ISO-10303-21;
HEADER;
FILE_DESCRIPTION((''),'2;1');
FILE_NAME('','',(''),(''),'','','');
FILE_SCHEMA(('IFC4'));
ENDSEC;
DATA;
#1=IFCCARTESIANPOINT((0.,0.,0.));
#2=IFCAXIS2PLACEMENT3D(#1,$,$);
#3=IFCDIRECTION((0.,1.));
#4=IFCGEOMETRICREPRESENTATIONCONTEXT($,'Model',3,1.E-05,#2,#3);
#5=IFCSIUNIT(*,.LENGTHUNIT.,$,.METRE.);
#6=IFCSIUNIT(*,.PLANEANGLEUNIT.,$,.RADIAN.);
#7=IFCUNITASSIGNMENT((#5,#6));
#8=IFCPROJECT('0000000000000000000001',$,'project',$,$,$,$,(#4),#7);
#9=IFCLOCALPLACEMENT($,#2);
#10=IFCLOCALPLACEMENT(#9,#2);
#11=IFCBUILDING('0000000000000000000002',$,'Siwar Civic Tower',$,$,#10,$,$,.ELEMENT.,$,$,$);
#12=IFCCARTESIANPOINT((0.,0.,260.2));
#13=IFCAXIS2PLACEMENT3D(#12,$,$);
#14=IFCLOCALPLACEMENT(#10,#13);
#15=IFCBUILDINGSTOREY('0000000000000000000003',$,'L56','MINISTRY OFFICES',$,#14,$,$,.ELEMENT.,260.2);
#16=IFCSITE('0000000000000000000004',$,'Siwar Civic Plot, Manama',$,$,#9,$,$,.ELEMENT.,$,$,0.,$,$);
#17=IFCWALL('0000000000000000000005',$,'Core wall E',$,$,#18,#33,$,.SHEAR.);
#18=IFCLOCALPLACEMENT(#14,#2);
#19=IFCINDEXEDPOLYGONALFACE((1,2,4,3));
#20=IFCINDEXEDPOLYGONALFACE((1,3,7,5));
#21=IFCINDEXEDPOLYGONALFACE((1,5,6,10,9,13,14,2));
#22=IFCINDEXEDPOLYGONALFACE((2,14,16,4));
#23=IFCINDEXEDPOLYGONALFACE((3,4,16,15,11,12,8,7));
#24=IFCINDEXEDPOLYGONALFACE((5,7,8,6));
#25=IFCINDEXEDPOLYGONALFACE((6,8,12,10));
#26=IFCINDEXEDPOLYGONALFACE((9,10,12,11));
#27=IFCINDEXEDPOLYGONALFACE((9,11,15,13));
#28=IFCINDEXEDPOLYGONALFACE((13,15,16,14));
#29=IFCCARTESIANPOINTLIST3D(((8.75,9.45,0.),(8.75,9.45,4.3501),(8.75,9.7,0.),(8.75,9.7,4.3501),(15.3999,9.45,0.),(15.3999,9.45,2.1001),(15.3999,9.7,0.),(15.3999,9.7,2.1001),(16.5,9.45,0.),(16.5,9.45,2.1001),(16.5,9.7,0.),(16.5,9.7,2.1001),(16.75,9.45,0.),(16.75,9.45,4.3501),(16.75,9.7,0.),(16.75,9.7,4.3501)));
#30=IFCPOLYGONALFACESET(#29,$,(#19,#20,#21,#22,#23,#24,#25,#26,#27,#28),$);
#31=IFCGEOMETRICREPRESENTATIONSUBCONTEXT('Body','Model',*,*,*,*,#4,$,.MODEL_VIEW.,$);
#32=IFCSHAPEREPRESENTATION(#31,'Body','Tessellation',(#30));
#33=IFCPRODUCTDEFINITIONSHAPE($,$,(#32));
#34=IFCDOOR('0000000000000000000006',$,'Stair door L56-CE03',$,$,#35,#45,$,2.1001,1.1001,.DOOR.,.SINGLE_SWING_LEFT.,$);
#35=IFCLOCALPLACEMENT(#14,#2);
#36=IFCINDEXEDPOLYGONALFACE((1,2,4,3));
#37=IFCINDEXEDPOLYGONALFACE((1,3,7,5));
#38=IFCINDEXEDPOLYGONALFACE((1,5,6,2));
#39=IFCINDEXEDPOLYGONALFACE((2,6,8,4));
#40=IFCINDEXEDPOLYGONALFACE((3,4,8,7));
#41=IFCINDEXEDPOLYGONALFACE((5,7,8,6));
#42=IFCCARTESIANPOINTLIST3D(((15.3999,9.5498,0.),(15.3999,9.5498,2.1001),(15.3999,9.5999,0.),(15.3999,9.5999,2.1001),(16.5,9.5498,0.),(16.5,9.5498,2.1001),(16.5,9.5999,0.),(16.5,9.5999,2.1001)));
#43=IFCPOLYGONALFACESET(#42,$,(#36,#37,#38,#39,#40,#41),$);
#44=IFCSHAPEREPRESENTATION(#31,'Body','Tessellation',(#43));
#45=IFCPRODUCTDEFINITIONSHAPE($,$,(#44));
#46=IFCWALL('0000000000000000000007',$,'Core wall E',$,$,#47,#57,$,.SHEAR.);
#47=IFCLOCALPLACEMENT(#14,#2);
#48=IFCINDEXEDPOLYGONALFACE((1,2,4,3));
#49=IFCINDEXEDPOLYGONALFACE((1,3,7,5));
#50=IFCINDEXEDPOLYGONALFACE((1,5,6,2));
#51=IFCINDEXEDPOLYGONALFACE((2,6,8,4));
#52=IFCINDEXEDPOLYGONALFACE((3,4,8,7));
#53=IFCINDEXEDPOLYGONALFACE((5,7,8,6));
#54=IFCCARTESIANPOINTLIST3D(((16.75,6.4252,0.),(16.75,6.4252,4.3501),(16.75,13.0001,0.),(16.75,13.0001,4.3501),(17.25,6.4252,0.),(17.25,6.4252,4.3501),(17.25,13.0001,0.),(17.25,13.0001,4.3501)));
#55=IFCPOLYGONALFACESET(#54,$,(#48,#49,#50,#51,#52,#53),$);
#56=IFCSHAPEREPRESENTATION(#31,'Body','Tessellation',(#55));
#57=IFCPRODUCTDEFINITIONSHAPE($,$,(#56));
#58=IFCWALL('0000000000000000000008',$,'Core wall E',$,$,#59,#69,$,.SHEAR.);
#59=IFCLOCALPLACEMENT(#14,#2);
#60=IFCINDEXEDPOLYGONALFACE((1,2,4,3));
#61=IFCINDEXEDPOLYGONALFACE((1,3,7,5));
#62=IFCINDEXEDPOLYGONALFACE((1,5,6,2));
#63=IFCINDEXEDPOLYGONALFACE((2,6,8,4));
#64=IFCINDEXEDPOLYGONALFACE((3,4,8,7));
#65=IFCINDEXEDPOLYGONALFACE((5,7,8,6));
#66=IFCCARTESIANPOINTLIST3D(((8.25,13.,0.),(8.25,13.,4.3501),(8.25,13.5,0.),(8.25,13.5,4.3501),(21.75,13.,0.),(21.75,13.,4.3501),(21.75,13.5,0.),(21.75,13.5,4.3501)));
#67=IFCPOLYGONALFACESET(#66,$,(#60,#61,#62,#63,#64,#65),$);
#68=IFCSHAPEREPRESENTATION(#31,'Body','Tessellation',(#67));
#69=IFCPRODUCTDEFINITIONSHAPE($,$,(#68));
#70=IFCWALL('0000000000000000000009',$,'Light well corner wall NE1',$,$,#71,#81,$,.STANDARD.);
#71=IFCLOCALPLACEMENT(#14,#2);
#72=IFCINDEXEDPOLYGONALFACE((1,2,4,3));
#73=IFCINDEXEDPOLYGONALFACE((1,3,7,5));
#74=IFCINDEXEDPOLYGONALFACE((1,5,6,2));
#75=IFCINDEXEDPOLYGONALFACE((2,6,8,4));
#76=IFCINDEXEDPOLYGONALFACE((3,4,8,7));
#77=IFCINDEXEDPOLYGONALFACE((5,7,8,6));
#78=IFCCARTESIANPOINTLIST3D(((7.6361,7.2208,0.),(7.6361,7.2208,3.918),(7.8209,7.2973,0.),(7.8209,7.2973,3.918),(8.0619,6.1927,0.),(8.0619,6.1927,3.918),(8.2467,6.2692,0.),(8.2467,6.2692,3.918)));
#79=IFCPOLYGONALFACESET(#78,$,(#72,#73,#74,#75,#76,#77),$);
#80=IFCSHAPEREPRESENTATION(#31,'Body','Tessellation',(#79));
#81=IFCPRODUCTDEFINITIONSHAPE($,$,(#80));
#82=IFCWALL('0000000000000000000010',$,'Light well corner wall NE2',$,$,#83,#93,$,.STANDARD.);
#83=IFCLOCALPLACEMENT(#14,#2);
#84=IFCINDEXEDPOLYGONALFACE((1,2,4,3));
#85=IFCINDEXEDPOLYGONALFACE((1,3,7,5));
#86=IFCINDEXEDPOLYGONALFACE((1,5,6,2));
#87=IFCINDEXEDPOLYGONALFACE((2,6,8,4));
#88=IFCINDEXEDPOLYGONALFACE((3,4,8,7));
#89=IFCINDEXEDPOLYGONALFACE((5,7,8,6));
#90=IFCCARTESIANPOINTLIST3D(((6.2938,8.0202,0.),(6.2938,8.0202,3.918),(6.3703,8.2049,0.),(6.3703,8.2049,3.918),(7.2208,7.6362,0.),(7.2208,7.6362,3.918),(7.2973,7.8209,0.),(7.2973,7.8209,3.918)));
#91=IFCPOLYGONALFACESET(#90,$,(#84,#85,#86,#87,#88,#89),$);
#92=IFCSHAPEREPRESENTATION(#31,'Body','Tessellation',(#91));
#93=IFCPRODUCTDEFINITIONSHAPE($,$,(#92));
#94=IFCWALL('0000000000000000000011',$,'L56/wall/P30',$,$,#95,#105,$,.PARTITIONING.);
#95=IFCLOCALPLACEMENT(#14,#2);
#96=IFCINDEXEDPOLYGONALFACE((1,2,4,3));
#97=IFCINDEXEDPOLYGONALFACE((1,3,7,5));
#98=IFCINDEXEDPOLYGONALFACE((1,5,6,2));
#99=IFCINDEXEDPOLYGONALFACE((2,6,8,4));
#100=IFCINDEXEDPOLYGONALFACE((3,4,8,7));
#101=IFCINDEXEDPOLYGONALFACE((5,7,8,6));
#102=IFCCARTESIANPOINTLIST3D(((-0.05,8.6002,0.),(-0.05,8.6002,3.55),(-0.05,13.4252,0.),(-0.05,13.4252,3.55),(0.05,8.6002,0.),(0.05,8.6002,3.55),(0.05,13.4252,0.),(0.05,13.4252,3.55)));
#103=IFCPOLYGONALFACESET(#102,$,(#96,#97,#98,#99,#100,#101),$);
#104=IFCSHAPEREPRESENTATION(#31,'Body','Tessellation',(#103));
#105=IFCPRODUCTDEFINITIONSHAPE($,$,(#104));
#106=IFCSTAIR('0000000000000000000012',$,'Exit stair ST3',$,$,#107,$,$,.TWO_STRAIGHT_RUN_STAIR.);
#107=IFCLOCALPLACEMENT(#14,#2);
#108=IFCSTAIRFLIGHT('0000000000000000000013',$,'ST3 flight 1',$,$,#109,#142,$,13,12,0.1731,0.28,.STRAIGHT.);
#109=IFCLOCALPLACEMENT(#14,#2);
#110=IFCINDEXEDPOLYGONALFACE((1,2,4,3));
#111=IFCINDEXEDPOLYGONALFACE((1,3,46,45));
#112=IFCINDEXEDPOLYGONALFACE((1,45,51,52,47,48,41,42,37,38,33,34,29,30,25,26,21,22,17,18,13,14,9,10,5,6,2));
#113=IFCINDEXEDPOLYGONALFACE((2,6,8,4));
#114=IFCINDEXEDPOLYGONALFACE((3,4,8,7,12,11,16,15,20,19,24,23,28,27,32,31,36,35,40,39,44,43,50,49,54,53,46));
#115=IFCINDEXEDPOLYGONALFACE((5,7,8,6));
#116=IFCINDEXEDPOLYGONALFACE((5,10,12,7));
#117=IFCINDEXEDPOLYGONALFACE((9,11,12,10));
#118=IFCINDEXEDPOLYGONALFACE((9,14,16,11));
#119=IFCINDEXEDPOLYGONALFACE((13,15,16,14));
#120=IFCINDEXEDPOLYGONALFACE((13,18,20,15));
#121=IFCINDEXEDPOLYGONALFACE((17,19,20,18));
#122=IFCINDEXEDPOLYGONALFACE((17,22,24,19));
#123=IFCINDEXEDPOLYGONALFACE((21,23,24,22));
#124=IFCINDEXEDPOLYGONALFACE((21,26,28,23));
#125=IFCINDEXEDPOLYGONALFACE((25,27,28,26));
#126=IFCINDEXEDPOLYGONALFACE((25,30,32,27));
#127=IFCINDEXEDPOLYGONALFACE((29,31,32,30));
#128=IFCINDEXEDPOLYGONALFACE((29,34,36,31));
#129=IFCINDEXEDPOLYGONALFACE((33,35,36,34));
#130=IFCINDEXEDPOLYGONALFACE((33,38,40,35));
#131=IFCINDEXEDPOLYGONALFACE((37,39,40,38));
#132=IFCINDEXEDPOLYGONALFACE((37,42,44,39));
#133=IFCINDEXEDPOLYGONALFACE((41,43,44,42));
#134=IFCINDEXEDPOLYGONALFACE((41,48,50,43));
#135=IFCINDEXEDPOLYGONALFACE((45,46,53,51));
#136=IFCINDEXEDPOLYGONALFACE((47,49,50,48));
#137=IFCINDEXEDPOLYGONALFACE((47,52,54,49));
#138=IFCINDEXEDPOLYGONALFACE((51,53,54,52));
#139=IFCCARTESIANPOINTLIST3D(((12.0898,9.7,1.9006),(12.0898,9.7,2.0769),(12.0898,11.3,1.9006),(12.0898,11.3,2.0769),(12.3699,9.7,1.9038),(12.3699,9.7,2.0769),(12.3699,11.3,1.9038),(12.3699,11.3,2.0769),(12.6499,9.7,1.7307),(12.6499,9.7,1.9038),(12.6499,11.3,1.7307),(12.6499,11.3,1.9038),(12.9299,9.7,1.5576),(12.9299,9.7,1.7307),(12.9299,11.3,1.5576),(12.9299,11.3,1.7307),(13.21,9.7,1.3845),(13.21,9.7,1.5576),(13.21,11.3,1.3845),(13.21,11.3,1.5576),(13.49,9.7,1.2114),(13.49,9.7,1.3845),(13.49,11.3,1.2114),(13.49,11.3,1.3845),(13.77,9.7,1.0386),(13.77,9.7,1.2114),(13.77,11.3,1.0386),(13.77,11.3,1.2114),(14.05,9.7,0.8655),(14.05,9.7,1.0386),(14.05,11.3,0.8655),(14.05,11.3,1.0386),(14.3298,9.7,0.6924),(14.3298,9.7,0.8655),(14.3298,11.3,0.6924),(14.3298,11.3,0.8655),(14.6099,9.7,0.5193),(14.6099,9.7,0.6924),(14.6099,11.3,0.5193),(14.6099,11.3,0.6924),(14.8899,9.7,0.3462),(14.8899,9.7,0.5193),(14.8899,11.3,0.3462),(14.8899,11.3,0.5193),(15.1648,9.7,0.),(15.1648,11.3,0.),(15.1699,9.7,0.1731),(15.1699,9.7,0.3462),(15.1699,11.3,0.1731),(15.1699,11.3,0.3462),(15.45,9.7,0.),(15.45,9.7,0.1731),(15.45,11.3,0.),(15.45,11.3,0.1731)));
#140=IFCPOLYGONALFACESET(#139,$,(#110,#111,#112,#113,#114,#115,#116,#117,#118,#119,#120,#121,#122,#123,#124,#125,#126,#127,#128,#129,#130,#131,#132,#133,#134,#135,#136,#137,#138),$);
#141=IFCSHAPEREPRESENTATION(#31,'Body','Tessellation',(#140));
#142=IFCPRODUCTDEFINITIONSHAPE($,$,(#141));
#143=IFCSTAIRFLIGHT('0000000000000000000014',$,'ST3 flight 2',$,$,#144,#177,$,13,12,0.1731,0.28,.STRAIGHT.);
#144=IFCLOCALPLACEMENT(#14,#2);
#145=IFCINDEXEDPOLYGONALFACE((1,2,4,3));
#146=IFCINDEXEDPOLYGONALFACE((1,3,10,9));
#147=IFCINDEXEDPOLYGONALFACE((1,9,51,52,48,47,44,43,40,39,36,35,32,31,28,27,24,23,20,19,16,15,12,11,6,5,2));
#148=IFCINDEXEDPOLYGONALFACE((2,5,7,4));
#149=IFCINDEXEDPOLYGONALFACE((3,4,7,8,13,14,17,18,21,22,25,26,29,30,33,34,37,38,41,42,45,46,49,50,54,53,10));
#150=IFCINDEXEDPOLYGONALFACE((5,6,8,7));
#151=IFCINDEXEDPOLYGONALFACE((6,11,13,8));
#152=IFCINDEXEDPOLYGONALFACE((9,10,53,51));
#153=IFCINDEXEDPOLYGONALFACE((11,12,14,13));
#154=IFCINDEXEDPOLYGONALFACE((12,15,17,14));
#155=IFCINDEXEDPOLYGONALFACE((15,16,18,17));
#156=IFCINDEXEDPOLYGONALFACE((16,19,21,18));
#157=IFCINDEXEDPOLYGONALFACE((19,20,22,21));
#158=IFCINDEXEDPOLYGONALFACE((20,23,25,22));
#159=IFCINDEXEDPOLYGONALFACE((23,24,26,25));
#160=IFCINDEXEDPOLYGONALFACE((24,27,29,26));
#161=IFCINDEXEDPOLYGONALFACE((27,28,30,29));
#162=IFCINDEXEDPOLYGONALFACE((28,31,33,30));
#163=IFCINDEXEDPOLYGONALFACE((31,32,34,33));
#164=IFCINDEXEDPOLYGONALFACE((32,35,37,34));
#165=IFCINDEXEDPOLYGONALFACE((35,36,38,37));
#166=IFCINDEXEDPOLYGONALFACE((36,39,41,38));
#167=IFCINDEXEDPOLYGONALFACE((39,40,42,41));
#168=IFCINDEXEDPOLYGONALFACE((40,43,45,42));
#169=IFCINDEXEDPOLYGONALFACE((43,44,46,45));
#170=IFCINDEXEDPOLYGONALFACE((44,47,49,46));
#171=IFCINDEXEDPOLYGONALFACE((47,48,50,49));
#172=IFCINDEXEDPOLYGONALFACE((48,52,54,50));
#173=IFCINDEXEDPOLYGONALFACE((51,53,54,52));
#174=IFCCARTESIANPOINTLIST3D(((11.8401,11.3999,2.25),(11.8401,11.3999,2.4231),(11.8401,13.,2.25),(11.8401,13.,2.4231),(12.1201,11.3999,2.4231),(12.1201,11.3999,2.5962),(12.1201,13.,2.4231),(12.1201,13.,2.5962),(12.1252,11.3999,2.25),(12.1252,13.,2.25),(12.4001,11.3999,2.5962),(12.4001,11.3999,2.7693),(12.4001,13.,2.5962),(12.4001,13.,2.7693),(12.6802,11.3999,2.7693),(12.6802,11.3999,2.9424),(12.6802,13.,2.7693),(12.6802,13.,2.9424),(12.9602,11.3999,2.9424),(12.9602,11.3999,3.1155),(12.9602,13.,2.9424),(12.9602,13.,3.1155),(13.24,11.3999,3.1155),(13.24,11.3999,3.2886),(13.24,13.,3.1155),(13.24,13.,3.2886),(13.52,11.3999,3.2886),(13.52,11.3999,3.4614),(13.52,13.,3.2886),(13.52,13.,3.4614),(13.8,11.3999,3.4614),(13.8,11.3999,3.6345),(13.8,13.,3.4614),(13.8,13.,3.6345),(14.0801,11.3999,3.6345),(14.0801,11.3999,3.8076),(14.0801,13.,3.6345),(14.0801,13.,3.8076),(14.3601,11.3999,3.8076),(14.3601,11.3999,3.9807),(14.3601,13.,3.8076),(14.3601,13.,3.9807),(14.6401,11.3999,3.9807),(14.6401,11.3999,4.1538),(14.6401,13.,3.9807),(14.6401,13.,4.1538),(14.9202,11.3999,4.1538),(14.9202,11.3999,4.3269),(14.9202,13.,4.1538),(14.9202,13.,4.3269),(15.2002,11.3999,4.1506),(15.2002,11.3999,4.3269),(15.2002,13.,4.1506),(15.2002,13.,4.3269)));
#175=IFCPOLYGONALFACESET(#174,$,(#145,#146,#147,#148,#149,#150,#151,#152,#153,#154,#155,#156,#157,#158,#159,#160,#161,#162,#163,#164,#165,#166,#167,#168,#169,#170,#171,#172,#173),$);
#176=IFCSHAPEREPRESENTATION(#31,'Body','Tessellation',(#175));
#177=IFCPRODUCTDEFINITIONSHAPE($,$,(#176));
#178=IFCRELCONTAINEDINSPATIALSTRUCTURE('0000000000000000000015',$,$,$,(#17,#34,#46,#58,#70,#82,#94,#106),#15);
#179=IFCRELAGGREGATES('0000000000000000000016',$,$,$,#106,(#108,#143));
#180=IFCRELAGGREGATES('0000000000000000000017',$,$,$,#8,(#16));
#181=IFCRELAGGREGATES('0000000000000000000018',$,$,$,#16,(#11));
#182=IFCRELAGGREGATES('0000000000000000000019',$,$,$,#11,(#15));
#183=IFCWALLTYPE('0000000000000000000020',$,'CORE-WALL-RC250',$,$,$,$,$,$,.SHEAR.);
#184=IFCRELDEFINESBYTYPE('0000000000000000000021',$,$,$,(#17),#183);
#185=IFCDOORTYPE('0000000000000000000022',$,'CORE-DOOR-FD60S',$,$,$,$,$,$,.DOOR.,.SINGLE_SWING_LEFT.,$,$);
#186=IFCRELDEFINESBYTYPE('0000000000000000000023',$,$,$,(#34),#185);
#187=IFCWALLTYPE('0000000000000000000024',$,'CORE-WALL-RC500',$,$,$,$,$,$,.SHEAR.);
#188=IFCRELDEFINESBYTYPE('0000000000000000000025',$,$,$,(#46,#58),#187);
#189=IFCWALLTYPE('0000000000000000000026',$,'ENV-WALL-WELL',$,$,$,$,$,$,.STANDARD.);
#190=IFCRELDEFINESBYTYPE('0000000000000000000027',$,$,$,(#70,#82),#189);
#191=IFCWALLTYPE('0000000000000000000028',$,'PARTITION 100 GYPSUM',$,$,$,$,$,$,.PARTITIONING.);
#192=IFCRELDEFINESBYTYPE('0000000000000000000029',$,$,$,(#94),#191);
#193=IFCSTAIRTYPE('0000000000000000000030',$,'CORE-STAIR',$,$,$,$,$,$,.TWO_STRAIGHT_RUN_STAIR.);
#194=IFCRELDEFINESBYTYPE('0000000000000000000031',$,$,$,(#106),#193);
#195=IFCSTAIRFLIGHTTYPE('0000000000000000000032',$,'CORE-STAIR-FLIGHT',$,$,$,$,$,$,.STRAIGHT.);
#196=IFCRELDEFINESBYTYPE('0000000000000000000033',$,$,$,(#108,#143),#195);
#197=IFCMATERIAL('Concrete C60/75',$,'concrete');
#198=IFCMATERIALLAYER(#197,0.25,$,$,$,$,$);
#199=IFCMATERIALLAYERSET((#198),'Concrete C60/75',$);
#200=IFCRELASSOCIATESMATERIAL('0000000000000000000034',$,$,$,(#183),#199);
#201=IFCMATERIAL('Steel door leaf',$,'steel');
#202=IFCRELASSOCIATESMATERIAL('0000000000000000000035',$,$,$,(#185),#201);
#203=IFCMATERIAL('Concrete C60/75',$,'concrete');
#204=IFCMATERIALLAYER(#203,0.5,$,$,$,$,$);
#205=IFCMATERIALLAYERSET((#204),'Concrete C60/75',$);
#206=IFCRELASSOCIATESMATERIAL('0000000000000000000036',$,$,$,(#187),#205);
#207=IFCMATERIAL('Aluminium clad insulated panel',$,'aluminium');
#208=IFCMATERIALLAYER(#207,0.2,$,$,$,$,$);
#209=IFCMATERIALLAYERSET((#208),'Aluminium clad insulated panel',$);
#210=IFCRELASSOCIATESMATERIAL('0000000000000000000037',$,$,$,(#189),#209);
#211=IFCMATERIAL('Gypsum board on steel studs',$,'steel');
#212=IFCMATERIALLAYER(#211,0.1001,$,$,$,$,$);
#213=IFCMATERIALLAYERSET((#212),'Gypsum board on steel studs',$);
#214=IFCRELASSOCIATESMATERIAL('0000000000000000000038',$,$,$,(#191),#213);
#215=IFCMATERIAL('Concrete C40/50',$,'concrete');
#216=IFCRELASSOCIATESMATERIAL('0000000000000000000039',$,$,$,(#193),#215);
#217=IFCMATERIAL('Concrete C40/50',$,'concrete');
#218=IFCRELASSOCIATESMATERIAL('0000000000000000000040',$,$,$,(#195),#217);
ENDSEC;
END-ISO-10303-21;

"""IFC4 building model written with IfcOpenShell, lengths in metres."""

from ifc_helpers import new_model, si_unit, direction, frame, frame_2d, origin, place, context, subcontext, project, spatial, polyline, rectangle, outline, extrude, material, layer, layer_set, type_object, element, fill, aggregate, save


model = new_model("IFC4")

# Units and contexts
model_context = context("Model", 3, precision=1e-05, world=origin(), true_north=direction((0.0, 1.0)))
body_context = subcontext(model_context, "Body", "Model", "MODEL_VIEW")
ifc_project = project(units=[si_unit("LENGTHUNIT", "METRE"), si_unit("PLANEANGLEUNIT", "RADIAN")], contexts=[model_context])

# Site, building, storey
site_placement = place(None, origin())
site = spatial("IfcSite", under=ifc_project, at=site_placement, Name="Siwar Civic Plot, Manama", CompositionType="ELEMENT", RefElevation=0.0)
building_placement = place(site_placement, origin())
building = spatial("IfcBuilding", under=site, at=building_placement, Name="Siwar Civic Tower", CompositionType="ELEMENT")
storey_placement = place(building_placement, frame((0.0, 0.0, 260.2)))
storey = spatial("IfcBuildingStorey", under=building, at=storey_placement, Name="L56", Description="MINISTRY OFFICES", CompositionType="ELEMENT", Elevation=260.2)

# Shared definitions
ifc_material_1 = material(Name="Concrete C60/75", Category="concrete")
ifc_layer_1 = layer(ifc_material_1, 0.25)
ifc_layer_set_1 = layer_set([ifc_layer_1], Name="Concrete C60/75")
wall_type_1 = type_object("IfcWallType", Name="CORE-WALL-RC250", PredefinedType="SHEAR", material=ifc_layer_set_1)

# Wall, opening, door
wall_1_placement = place(storey_placement, frame((8.75, 9.575, 0.0), z_axis=(0.0, 0.0, 1.0), x_axis=(1.0, 0.0, 0.0)))
wall_1 = element("IfcWall", 1, at=wall_1_placement, inside=storey, type_object=wall_type_1, Name="Core wall E", PredefinedType="SHEAR", context=body_context, shape_type="SweptSolid", body=[
    extrude(rectangle(XDim=8.0, YDim=0.25, at=frame_2d((4.0, 0.0))), origin(), (0.0, 0.0, 1.0), 4.3501),
])
opening_1_placement = place(wall_1_placement, frame((6.6499, 0.0, 0.0)))
opening_1 = element("IfcOpeningElement", 2, at=opening_1_placement, cuts=wall_1, PredefinedType="OPENING", context=body_context, shape_type="SweptSolid", body=[
    extrude(rectangle(XDim=1.1001, YDim=2.1001, at=frame_2d((0.55, 1.05))), frame((0.0, 0.135, 0.0), z_axis=(0.0, -1.0, 0.0), x_axis=(1.0, 0.0, 0.0)), (0.0, 0.0, 1.0), 0.27),
])
ifc_material_2 = material(Name="Steel door leaf", Category="steel")
door_type_1 = type_object("IfcDoorType", Name="CORE-DOOR-FD60S", OperationType="SINGLE_SWING_LEFT", PredefinedType="DOOR", material=ifc_material_2)
door_1_placement = place(opening_1_placement, origin())
door_1 = element("IfcDoor", 3, at=door_1_placement, inside=storey, type_object=door_type_1, Name="Stair door L56-CE03", OperationType="SINGLE_SWING_LEFT", OverallHeight=2.1001, OverallWidth=1.1001, PredefinedType="DOOR", context=body_context, shape_type="SweptSolid", body=[
    extrude(rectangle(XDim=1.1001, YDim=2.1001, at=frame_2d((0.55, 1.05))), frame((0.0, 0.0249, 0.0), z_axis=(0.0, -1.0, 0.0), x_axis=(1.0, 0.0, 0.0)), (0.0, 0.0, 1.0), 0.05),
])
fill(opening_1, door_1)

# Walls
ifc_material_3 = material(Name="Concrete C60/75", Category="concrete")
ifc_layer_2 = layer(ifc_material_3, 0.5)
ifc_layer_set_2 = layer_set([ifc_layer_2], Name="Concrete C60/75")
wall_type_2 = type_object("IfcWallType", Name="CORE-WALL-RC500", PredefinedType="SHEAR", material=ifc_layer_set_2)
wall_2_placement = place(storey_placement, frame((17.0, 6.425, 0.0), z_axis=(0.0, 0.0, 1.0), x_axis=(0.0, 1.0, 0.0)))
element("IfcWall", 4, at=wall_2_placement, inside=storey, type_object=wall_type_2, Name="Core wall E", PredefinedType="SHEAR", context=body_context, shape_type="SweptSolid", body=[
    extrude(rectangle(XDim=6.575, YDim=0.5, at=frame_2d((3.2876, 0.0))), origin(), (0.0, 0.0, 1.0), 4.3501),
])
wall_3_placement = place(storey_placement, frame((8.25, 13.25, 0.0), z_axis=(0.0, 0.0, 1.0), x_axis=(1.0, 0.0, 0.0)))
element("IfcWall", 5, at=wall_3_placement, inside=storey, type_object=wall_type_2, Name="Core wall E", PredefinedType="SHEAR", context=body_context, shape_type="SweptSolid", body=[
    extrude(rectangle(XDim=13.5, YDim=0.5, at=frame_2d((6.75, 0.0))), origin(), (0.0, 0.0, 1.0), 4.3501),
])
ifc_material_4 = material(Name="Aluminium clad insulated panel", Category="aluminium")
ifc_layer_3 = layer(ifc_material_4, 0.2)
ifc_layer_set_3 = layer_set([ifc_layer_3], Name="Aluminium clad insulated panel")
wall_type_3 = type_object("IfcWallType", Name="ENV-WALL-WELL", PredefinedType="STANDARD", material=ifc_layer_set_3)
wall_4_placement = place(storey_placement, frame((8.1543, 6.231, 0.0), z_axis=(0.0, 0.0, 1.0), x_axis=(-0.382636, 0.923899, 0.0)))
element("IfcWall", 6, at=wall_4_placement, inside=storey, type_object=wall_type_3, Name="Light well corner wall NE1", PredefinedType="STANDARD", context=body_context, shape_type="SweptSolid", body=[
    extrude(rectangle(XDim=1.1128, YDim=0.2, at=frame_2d((0.5564, 0.0))), origin(), (0.0, 0.0, 1.0), 3.918),
])
wall_5_placement = place(storey_placement, frame((7.259, 7.7285, 0.0), z_axis=(0.0, 0.0, 1.0), x_axis=(-0.92386, 0.382731, 0.0)))
element("IfcWall", 7, at=wall_5_placement, inside=storey, type_object=wall_type_3, Name="Light well corner wall NE2", PredefinedType="STANDARD", context=body_context, shape_type="SweptSolid", body=[
    extrude(rectangle(XDim=1.0034, YDim=0.2, at=frame_2d((0.5017, 0.0))), origin(), (0.0, 0.0, 1.0), 3.918),
])
ifc_material_5 = material(Name="Gypsum board on steel studs", Category="steel")
ifc_layer_4 = layer(ifc_material_5, 0.1001)
ifc_layer_set_4 = layer_set([ifc_layer_4], Name="Gypsum board on steel studs")
wall_type_4 = type_object("IfcWallType", Name="PARTITION 100 GYPSUM", PredefinedType="PARTITIONING", material=ifc_layer_set_4)
wall_6_placement = place(storey_placement, frame((0.0, 8.6001, 0.0), z_axis=(0.0, 0.0, 1.0), x_axis=(0.0, 1.0, 0.0)))
element("IfcWall", 8, at=wall_6_placement, inside=storey, type_object=wall_type_4, Name="L56/wall/P30", PredefinedType="PARTITIONING", context=body_context, shape_type="SweptSolid", body=[
    extrude(rectangle(XDim=4.825, YDim=0.1001, at=frame_2d((2.4126, 0.0))), origin(), (0.0, 0.0, 1.0), 3.55),
])

# Stair, stair flights
ifc_material_6 = material(Name="Concrete C40/50", Category="concrete")
stair_type = type_object("IfcStairType", Name="CORE-STAIR", PredefinedType="TWO_STRAIGHT_RUN_STAIR", material=ifc_material_6)
stair_placement = place(storey_placement, origin())
stair = element("IfcStair", 9, at=stair_placement, inside=storey, type_object=stair_type, Name="Exit stair ST3", PredefinedType="TWO_STRAIGHT_RUN_STAIR")
ifc_material_7 = material(Name="Concrete C40/50", Category="concrete")
stair_flight_type = type_object("IfcStairFlightType", Name="CORE-STAIR-FLIGHT", PredefinedType="STRAIGHT", material=ifc_material_7)
stair_flight_1_placement = place(storey_placement, frame((15.45, 10.5, 0.0), z_axis=(0.0, 0.0, 1.0), x_axis=(-1.0, 0.0, 0.0)))
stair_flight_1 = element("IfcStairFlight", 10, at=stair_flight_1_placement, type_object=stair_flight_type, Name="ST3 flight 1", NumberOfRisers=13, NumberOfTreads=12, PredefinedType="STRAIGHT", RiserHeight=0.1731, TreadLength=0.28, context=body_context, shape_type="SweptSolid", body=[
    extrude(outline(polyline([(0.0, 0.0), (0.0, 0.1731), (0.28, 0.1731), (0.28, 0.3462), (0.5601, 0.3462), (0.5601, 0.5193), (0.8401, 0.5193), (0.8401, 0.6924), (1.1201, 0.6924), (1.1201, 0.8655), (1.3999, 0.8655), (1.3999, 1.0386), (1.6799, 1.0386), (1.6799, 1.2114), (1.96, 1.2114), (1.96, 1.3845), (2.24, 1.3845), (2.24, 1.5576), (2.52, 1.5576), (2.52, 1.7307), (2.8, 1.7307), (2.8, 1.9038), (3.0801, 1.9038), (3.0801, 2.0769), (3.3601, 2.0769), (3.3601, 2.25), (3.3601, 1.9006), (0.2852, 0.0), (0.0, 0.0)])), frame((0.0, 0.8, 0.0), z_axis=(0.0, -1.0, 0.0), x_axis=(1.0, 0.0, 0.0)), (0.0, 0.0, 1.0), 1.6001),
])
stair_flight_2_placement = place(storey_placement, frame((11.8401, 12.2, 2.25), z_axis=(0.0, 0.0, 1.0), x_axis=(1.0, 0.0, 0.0)))
stair_flight_2 = element("IfcStairFlight", 11, at=stair_flight_2_placement, type_object=stair_flight_type, Name="ST3 flight 2", NumberOfRisers=13, NumberOfTreads=12, PredefinedType="STRAIGHT", RiserHeight=0.1731, TreadLength=0.28, context=body_context, shape_type="SweptSolid", body=[
    extrude(outline(polyline([(0.0, 0.0), (0.0, 0.1731), (0.28, 0.1731), (0.28, 0.3462), (0.5601, 0.3462), (0.5601, 0.5193), (0.8401, 0.5193), (0.8401, 0.6924), (1.1201, 0.6924), (1.1201, 0.8655), (1.3999, 0.8655), (1.3999, 1.0386), (1.6799, 1.0386), (1.6799, 1.2114), (1.96, 1.2114), (1.96, 1.3845), (2.24, 1.3845), (2.24, 1.5576), (2.52, 1.5576), (2.52, 1.7307), (2.8, 1.7307), (2.8, 1.9038), (3.0801, 1.9038), (3.0801, 2.0769), (3.3601, 2.0769), (3.3601, 2.25), (3.3601, 1.9006), (0.2852, 0.0), (0.0, 0.0)])), frame((0.0, 0.8, 0.0), z_axis=(0.0, -1.0, 0.0), x_axis=(1.0, 0.0, 0.0)), (0.0, 0.0, 1.0), 1.6001),
])
aggregate(stair, [stair_flight_1, stair_flight_2])

save(model, "model.ifc")
